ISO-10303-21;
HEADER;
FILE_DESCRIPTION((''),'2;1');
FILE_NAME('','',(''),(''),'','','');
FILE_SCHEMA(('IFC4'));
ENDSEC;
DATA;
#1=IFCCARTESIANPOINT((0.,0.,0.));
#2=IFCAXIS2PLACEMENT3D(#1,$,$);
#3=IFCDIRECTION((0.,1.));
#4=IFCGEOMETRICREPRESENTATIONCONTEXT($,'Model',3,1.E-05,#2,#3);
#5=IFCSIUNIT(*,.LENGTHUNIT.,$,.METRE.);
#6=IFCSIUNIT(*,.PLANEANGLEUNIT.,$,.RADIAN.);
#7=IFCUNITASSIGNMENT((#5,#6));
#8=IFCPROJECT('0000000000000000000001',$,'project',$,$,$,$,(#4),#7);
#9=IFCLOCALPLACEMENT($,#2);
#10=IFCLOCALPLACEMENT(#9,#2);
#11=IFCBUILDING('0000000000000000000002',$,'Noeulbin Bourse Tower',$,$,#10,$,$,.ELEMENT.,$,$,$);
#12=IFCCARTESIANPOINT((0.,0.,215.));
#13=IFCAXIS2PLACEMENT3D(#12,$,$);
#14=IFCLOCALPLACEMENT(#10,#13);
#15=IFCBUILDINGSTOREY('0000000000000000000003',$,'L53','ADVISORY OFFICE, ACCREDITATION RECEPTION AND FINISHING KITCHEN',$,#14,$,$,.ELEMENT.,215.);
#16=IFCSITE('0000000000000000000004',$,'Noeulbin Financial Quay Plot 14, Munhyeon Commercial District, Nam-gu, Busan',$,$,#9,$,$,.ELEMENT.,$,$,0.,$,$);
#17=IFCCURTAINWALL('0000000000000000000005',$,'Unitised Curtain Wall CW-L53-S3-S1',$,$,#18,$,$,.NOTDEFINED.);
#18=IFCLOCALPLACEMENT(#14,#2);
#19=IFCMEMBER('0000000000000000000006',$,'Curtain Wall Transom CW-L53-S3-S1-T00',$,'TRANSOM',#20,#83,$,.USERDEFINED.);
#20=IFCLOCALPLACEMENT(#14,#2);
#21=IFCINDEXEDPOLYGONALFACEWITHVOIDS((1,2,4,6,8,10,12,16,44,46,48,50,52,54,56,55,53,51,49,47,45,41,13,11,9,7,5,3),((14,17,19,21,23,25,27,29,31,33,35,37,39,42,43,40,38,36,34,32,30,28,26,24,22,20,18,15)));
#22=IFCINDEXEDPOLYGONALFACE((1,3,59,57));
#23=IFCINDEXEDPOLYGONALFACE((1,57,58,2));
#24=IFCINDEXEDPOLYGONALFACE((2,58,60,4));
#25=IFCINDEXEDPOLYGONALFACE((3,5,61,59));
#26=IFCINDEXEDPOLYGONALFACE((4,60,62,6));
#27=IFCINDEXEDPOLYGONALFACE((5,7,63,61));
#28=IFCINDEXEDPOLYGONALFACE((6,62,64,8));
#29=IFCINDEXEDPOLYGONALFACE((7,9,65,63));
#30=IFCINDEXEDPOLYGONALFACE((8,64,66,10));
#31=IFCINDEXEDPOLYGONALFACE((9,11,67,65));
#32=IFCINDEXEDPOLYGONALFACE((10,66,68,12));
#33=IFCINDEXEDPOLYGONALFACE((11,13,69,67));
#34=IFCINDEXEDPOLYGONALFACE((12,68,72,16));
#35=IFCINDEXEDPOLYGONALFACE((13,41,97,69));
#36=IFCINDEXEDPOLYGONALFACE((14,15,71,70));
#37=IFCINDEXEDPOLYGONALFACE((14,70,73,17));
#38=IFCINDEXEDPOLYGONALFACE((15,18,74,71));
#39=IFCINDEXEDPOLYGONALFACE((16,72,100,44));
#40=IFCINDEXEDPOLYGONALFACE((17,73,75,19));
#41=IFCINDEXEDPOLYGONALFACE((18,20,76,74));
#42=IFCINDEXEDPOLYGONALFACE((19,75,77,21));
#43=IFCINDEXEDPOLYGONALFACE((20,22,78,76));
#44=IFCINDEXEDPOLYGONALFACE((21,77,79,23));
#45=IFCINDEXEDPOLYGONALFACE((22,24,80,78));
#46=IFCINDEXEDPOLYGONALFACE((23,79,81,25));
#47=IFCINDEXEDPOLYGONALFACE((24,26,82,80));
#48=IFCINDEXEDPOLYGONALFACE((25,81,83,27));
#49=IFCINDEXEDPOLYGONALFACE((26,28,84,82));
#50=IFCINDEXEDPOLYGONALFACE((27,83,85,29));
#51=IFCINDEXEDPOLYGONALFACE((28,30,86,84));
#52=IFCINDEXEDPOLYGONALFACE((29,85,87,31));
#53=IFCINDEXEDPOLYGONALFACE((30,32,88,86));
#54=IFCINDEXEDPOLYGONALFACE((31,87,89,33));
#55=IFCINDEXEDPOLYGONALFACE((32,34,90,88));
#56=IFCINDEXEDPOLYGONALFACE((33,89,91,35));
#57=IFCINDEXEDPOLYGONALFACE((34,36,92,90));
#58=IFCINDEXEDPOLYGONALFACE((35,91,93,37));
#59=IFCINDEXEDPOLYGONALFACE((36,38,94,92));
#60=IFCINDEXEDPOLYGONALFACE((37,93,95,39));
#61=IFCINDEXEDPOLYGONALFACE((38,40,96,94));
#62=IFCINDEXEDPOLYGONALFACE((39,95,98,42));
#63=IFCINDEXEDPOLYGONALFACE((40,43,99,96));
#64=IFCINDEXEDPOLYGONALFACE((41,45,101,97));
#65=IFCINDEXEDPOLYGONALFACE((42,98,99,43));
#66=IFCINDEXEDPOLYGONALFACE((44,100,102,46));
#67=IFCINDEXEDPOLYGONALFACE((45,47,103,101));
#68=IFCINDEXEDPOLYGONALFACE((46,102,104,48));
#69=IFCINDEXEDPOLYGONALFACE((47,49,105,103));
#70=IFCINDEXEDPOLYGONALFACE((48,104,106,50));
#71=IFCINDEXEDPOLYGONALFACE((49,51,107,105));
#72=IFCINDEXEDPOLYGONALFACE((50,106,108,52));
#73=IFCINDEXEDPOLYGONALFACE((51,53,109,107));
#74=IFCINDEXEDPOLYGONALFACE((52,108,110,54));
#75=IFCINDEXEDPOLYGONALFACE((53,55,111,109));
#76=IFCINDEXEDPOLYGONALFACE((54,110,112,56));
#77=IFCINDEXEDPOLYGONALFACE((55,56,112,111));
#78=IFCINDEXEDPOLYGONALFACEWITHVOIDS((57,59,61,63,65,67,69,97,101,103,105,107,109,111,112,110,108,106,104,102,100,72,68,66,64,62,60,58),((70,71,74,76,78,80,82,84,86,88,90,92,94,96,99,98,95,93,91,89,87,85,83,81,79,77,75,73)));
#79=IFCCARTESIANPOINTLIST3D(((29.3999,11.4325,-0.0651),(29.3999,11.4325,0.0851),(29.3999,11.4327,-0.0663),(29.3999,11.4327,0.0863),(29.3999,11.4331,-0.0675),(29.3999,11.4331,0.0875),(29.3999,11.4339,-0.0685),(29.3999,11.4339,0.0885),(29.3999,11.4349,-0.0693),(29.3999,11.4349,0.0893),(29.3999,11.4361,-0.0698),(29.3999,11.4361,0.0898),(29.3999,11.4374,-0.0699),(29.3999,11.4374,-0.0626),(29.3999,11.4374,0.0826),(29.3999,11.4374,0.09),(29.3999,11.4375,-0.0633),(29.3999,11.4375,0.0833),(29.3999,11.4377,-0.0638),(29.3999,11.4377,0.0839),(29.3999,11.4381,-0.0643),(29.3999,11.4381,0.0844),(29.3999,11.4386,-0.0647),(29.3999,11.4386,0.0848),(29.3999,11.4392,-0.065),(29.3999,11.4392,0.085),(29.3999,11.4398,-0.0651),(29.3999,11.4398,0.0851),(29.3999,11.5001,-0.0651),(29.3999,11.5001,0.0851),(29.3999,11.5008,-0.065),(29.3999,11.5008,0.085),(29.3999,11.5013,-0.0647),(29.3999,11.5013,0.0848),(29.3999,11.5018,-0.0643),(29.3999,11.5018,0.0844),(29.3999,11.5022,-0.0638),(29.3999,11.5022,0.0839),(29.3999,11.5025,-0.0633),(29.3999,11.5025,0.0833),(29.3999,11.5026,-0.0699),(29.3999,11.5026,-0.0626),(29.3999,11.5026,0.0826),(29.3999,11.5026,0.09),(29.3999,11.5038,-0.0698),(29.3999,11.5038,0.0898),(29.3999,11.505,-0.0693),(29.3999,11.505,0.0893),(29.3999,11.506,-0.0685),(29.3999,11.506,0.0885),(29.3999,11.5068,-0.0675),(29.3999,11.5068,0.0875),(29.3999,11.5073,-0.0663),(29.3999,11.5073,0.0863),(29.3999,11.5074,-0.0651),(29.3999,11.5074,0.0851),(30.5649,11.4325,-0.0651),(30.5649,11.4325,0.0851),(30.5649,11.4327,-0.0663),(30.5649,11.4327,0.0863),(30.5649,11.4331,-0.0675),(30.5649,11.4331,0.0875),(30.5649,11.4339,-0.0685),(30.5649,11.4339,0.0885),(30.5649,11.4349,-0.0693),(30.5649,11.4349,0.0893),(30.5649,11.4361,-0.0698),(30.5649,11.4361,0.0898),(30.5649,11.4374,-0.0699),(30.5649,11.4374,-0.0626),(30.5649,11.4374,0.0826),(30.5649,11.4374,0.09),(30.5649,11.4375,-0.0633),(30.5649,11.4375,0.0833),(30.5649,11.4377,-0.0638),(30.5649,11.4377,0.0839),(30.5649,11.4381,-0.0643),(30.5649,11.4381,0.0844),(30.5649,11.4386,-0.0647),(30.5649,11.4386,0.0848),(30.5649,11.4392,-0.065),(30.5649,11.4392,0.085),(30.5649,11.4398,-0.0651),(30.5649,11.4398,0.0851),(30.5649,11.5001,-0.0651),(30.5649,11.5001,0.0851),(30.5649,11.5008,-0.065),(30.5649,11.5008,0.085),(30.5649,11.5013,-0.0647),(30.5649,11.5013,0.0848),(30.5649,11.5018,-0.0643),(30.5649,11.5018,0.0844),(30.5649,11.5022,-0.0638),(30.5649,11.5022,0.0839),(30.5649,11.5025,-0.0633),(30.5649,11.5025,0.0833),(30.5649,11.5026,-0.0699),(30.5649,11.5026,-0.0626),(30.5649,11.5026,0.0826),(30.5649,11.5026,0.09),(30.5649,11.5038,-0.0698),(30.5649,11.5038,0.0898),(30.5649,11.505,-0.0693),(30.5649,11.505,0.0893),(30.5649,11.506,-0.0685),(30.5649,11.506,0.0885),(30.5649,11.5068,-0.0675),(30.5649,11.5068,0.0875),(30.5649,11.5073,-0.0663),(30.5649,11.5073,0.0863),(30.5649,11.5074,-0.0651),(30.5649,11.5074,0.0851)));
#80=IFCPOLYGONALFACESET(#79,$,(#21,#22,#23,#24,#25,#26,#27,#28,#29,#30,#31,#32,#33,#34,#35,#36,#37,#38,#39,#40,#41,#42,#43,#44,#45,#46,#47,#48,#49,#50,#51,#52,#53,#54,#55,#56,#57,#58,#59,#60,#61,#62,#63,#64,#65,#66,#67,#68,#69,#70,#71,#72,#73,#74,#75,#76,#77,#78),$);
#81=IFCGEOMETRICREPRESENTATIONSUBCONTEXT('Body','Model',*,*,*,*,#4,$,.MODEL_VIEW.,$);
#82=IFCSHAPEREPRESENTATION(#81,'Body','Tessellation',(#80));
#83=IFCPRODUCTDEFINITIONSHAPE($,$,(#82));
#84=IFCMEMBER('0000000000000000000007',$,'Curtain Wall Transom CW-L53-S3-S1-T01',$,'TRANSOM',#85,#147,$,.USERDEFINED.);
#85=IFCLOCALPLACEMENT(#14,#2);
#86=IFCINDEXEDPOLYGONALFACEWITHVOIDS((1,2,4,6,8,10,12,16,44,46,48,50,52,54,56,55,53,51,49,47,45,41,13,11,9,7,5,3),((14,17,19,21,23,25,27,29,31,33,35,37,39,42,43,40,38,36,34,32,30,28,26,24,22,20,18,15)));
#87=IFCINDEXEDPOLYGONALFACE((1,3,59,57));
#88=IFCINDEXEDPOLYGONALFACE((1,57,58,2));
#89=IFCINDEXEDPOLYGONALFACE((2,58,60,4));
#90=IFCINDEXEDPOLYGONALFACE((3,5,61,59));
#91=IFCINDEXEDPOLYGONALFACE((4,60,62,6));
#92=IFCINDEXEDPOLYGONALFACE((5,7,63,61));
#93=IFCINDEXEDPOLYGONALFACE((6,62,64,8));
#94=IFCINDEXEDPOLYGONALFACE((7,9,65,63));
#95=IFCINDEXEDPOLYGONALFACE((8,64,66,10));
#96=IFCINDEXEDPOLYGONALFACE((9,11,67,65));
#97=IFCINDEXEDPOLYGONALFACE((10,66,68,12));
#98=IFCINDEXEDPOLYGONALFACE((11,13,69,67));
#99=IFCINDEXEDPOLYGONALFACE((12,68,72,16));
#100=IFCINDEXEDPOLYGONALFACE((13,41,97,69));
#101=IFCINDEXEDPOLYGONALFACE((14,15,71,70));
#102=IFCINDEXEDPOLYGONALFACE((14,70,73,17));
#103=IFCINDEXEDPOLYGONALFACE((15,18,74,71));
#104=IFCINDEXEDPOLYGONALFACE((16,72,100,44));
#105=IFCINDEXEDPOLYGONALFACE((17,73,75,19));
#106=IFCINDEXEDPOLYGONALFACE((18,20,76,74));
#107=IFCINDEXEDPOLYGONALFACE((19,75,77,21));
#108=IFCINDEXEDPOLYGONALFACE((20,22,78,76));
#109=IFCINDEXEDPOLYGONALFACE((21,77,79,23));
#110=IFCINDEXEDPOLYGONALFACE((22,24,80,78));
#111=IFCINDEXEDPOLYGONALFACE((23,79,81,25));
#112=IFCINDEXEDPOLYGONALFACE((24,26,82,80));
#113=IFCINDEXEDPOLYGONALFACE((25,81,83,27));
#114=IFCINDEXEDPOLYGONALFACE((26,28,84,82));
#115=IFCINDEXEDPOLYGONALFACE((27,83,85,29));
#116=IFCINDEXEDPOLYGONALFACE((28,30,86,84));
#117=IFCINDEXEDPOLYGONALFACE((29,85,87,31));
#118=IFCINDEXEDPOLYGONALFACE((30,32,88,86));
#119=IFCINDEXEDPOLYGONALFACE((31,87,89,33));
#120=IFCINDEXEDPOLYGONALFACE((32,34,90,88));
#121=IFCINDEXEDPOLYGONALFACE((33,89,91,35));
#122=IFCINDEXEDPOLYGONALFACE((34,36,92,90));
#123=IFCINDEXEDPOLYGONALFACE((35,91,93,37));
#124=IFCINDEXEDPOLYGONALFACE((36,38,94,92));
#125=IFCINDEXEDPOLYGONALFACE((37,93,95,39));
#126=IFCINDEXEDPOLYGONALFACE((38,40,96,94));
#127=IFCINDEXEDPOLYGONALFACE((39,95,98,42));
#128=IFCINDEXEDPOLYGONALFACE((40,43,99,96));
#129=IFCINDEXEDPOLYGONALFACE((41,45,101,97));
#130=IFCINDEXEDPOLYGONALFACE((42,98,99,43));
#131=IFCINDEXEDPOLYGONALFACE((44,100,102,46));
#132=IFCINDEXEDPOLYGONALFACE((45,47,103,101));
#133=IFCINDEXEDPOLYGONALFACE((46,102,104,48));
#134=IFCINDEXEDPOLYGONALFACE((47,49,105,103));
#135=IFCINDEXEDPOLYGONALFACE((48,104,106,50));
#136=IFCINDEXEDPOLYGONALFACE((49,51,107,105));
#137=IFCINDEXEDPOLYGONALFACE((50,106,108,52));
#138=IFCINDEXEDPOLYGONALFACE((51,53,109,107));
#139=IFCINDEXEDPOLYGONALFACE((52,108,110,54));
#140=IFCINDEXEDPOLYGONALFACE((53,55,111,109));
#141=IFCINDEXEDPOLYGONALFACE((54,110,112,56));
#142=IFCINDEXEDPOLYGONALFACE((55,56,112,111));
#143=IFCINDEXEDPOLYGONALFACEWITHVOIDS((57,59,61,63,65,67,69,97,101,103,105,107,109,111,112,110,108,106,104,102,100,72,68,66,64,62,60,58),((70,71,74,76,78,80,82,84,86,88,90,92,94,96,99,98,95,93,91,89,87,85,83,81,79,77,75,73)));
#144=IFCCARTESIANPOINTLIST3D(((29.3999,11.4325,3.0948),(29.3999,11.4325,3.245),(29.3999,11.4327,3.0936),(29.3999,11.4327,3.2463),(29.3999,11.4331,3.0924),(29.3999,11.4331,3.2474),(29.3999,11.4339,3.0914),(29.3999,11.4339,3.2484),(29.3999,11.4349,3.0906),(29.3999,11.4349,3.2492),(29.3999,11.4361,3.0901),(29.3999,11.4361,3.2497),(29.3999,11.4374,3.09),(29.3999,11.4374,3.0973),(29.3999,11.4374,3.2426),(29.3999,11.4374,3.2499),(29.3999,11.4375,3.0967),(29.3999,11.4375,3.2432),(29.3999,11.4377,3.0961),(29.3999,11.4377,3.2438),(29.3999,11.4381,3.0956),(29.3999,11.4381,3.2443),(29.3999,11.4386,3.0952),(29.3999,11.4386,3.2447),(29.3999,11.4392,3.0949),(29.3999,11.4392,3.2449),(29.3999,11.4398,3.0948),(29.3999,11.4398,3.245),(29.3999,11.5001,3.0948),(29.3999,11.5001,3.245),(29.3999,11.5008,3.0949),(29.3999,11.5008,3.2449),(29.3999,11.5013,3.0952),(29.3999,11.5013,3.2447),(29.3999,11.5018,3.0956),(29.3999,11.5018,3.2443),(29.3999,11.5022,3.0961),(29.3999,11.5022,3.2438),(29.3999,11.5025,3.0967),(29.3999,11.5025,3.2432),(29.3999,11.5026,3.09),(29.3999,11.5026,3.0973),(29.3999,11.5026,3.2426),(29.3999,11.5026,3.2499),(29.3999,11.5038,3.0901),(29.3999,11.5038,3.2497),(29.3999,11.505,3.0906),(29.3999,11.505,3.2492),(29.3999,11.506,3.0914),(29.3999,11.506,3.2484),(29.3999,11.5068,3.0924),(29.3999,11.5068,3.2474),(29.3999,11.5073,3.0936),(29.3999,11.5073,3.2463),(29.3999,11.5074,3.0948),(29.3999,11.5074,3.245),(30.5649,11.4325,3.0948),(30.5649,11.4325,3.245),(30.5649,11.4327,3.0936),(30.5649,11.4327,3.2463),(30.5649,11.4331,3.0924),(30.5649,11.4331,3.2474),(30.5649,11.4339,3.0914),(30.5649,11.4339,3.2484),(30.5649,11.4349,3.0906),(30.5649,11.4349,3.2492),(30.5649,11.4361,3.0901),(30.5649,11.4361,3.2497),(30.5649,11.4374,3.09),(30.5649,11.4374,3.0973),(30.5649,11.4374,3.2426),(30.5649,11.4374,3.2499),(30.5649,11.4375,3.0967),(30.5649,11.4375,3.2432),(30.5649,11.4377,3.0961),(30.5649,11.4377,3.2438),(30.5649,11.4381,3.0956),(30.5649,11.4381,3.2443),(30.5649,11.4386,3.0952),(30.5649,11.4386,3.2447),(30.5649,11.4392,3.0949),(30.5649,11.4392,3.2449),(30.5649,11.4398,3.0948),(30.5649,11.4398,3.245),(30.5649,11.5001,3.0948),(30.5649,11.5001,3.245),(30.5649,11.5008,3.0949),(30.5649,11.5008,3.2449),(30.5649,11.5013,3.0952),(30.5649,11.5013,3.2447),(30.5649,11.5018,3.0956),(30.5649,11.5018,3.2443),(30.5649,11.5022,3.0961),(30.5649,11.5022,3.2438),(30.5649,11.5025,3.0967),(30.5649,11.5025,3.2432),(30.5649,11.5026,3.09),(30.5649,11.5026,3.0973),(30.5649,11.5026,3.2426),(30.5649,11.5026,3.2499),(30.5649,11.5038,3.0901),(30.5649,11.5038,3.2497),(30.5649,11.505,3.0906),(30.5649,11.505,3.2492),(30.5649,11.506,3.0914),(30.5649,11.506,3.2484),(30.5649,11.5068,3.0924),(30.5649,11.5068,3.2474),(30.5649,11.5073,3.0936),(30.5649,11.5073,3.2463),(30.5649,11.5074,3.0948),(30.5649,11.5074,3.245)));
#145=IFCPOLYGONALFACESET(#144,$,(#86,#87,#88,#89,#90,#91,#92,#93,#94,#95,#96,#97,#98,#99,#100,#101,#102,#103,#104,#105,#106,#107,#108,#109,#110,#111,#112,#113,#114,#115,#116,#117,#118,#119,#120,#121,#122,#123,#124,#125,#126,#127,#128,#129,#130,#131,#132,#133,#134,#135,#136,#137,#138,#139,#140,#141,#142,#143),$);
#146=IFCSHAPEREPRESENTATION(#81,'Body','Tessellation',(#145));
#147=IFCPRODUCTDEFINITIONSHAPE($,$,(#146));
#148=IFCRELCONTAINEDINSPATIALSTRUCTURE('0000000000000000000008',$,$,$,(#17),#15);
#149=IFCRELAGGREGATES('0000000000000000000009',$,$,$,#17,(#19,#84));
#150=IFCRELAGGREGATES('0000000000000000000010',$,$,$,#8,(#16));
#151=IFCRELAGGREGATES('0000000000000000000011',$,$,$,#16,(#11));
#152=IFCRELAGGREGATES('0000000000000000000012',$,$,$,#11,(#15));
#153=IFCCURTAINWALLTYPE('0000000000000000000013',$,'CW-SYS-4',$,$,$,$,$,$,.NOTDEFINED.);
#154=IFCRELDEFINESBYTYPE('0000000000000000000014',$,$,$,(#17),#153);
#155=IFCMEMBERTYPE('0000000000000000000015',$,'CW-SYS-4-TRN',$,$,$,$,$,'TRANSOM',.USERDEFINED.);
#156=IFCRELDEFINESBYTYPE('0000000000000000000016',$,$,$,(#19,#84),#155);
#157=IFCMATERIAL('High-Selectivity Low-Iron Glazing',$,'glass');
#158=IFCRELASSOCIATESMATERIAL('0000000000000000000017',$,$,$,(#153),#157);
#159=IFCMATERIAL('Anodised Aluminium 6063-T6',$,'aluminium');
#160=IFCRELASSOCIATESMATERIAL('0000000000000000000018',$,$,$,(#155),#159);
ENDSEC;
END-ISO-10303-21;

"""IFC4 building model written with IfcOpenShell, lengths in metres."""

from ifc_helpers import new_model, si_unit, direction, frame, origin, origin_2d, place, context, subcontext, project, spatial, hollow_rectangle, extrude, material, material_profile, profile_set, type_object, element, aggregate, save


model = new_model("IFC4")

# Units and contexts
model_context = context("Model", 3, precision=1e-05, world=origin(), true_north=direction((0.0, 1.0)))
body_context = subcontext(model_context, "Body", "Model", "MODEL_VIEW")
ifc_project = project(units=[si_unit("LENGTHUNIT", "METRE"), si_unit("PLANEANGLEUNIT", "RADIAN")], contexts=[model_context])

# Site, building, storey
site_placement = place(None, origin())
site = spatial("IfcSite", under=ifc_project, at=site_placement, Name="Noeulbin Financial Quay Plot 14, Munhyeon Commercial District, Nam-gu, Busan", CompositionType="ELEMENT", RefElevation=0.0)
building_placement = place(site_placement, origin())
building = spatial("IfcBuilding", under=site, at=building_placement, Name="Noeulbin Bourse Tower", CompositionType="ELEMENT")
storey_placement = place(building_placement, frame((0.0, 0.0, 215.0)))
storey = spatial("IfcBuildingStorey", under=building, at=storey_placement, Name="L53", Description="ADVISORY OFFICE, ACCREDITATION RECEPTION AND FINISHING KITCHEN", CompositionType="ELEMENT", Elevation=215.0)

# Curtain wall
ifc_material_1 = material(Name="High-Selectivity Low-Iron Glazing", Category="glass")
curtain_wall_type = type_object("IfcCurtainWallType", Name="CW-SYS-4", PredefinedType="NOTDEFINED", material=ifc_material_1)
curtain_wall_1_placement = place(storey_placement, origin())
curtain_wall_1 = element("IfcCurtainWall", 1, at=curtain_wall_1_placement, inside=storey, type_object=curtain_wall_type, Name="Unitised Curtain Wall CW-L53-S3-S1", PredefinedType="NOTDEFINED")
ifc_material_2 = material(Name="Anodised Aluminium 6063-T6", Category="aluminium")

# Members
ifc_material_profile_1 = material_profile(ifc_material_2, hollow_rectangle(XDim=0.075, YDim=0.1599, WallThickness=0.0049, InnerFilletRadius=0.0024, OuterFilletRadius=0.0049, at=origin_2d()), Name="ALU-TRAN-75x160x5", Category="LoadBearing")
ifc_profile_set_1 = profile_set([ifc_material_profile_1], Name="Anodised Aluminium 6063-T6")
member_type_1 = type_object("IfcMemberType", Name="CW-SYS-4-TRN", ElementType="TRANSOM", PredefinedType="USERDEFINED", material=ifc_profile_set_1)
member_1_placement = place(storey_placement, frame((29.3999, 11.47, 0.01), z_axis=(1.0, 0.0, 0.0), x_axis=(0.0, 1.0, 0.0)))
member_1 = element("IfcMember", 2, at=member_1_placement, type_object=member_type_1, Name="Curtain Wall Transom CW-L53-S3-S1-T00", ObjectType="TRANSOM", PredefinedType="USERDEFINED", context=body_context, shape_type="SweptSolid", body=[
    extrude(hollow_rectangle(XDim=0.075, YDim=0.1599, WallThickness=0.0049, InnerFilletRadius=0.0024, OuterFilletRadius=0.0049, at=origin_2d()), origin(), (0.0, 0.0, 1.0), 1.165),
])
member_2_placement = place(storey_placement, frame((29.3999, 11.47, 3.1699), z_axis=(1.0, 0.0, 0.0), x_axis=(0.0, 1.0, 0.0)))
member_2 = element("IfcMember", 3, at=member_2_placement, type_object=member_type_1, Name="Curtain Wall Transom CW-L53-S3-S1-T01", ObjectType="TRANSOM", PredefinedType="USERDEFINED", context=body_context, shape_type="SweptSolid", body=[
    extrude(hollow_rectangle(XDim=0.075, YDim=0.1599, WallThickness=0.0049, InnerFilletRadius=0.0024, OuterFilletRadius=0.0049, at=origin_2d()), origin(), (0.0, 0.0, 1.0), 1.165),
])

aggregate(curtain_wall_1, [member_1, member_2])

save(model, "model.ifc")
